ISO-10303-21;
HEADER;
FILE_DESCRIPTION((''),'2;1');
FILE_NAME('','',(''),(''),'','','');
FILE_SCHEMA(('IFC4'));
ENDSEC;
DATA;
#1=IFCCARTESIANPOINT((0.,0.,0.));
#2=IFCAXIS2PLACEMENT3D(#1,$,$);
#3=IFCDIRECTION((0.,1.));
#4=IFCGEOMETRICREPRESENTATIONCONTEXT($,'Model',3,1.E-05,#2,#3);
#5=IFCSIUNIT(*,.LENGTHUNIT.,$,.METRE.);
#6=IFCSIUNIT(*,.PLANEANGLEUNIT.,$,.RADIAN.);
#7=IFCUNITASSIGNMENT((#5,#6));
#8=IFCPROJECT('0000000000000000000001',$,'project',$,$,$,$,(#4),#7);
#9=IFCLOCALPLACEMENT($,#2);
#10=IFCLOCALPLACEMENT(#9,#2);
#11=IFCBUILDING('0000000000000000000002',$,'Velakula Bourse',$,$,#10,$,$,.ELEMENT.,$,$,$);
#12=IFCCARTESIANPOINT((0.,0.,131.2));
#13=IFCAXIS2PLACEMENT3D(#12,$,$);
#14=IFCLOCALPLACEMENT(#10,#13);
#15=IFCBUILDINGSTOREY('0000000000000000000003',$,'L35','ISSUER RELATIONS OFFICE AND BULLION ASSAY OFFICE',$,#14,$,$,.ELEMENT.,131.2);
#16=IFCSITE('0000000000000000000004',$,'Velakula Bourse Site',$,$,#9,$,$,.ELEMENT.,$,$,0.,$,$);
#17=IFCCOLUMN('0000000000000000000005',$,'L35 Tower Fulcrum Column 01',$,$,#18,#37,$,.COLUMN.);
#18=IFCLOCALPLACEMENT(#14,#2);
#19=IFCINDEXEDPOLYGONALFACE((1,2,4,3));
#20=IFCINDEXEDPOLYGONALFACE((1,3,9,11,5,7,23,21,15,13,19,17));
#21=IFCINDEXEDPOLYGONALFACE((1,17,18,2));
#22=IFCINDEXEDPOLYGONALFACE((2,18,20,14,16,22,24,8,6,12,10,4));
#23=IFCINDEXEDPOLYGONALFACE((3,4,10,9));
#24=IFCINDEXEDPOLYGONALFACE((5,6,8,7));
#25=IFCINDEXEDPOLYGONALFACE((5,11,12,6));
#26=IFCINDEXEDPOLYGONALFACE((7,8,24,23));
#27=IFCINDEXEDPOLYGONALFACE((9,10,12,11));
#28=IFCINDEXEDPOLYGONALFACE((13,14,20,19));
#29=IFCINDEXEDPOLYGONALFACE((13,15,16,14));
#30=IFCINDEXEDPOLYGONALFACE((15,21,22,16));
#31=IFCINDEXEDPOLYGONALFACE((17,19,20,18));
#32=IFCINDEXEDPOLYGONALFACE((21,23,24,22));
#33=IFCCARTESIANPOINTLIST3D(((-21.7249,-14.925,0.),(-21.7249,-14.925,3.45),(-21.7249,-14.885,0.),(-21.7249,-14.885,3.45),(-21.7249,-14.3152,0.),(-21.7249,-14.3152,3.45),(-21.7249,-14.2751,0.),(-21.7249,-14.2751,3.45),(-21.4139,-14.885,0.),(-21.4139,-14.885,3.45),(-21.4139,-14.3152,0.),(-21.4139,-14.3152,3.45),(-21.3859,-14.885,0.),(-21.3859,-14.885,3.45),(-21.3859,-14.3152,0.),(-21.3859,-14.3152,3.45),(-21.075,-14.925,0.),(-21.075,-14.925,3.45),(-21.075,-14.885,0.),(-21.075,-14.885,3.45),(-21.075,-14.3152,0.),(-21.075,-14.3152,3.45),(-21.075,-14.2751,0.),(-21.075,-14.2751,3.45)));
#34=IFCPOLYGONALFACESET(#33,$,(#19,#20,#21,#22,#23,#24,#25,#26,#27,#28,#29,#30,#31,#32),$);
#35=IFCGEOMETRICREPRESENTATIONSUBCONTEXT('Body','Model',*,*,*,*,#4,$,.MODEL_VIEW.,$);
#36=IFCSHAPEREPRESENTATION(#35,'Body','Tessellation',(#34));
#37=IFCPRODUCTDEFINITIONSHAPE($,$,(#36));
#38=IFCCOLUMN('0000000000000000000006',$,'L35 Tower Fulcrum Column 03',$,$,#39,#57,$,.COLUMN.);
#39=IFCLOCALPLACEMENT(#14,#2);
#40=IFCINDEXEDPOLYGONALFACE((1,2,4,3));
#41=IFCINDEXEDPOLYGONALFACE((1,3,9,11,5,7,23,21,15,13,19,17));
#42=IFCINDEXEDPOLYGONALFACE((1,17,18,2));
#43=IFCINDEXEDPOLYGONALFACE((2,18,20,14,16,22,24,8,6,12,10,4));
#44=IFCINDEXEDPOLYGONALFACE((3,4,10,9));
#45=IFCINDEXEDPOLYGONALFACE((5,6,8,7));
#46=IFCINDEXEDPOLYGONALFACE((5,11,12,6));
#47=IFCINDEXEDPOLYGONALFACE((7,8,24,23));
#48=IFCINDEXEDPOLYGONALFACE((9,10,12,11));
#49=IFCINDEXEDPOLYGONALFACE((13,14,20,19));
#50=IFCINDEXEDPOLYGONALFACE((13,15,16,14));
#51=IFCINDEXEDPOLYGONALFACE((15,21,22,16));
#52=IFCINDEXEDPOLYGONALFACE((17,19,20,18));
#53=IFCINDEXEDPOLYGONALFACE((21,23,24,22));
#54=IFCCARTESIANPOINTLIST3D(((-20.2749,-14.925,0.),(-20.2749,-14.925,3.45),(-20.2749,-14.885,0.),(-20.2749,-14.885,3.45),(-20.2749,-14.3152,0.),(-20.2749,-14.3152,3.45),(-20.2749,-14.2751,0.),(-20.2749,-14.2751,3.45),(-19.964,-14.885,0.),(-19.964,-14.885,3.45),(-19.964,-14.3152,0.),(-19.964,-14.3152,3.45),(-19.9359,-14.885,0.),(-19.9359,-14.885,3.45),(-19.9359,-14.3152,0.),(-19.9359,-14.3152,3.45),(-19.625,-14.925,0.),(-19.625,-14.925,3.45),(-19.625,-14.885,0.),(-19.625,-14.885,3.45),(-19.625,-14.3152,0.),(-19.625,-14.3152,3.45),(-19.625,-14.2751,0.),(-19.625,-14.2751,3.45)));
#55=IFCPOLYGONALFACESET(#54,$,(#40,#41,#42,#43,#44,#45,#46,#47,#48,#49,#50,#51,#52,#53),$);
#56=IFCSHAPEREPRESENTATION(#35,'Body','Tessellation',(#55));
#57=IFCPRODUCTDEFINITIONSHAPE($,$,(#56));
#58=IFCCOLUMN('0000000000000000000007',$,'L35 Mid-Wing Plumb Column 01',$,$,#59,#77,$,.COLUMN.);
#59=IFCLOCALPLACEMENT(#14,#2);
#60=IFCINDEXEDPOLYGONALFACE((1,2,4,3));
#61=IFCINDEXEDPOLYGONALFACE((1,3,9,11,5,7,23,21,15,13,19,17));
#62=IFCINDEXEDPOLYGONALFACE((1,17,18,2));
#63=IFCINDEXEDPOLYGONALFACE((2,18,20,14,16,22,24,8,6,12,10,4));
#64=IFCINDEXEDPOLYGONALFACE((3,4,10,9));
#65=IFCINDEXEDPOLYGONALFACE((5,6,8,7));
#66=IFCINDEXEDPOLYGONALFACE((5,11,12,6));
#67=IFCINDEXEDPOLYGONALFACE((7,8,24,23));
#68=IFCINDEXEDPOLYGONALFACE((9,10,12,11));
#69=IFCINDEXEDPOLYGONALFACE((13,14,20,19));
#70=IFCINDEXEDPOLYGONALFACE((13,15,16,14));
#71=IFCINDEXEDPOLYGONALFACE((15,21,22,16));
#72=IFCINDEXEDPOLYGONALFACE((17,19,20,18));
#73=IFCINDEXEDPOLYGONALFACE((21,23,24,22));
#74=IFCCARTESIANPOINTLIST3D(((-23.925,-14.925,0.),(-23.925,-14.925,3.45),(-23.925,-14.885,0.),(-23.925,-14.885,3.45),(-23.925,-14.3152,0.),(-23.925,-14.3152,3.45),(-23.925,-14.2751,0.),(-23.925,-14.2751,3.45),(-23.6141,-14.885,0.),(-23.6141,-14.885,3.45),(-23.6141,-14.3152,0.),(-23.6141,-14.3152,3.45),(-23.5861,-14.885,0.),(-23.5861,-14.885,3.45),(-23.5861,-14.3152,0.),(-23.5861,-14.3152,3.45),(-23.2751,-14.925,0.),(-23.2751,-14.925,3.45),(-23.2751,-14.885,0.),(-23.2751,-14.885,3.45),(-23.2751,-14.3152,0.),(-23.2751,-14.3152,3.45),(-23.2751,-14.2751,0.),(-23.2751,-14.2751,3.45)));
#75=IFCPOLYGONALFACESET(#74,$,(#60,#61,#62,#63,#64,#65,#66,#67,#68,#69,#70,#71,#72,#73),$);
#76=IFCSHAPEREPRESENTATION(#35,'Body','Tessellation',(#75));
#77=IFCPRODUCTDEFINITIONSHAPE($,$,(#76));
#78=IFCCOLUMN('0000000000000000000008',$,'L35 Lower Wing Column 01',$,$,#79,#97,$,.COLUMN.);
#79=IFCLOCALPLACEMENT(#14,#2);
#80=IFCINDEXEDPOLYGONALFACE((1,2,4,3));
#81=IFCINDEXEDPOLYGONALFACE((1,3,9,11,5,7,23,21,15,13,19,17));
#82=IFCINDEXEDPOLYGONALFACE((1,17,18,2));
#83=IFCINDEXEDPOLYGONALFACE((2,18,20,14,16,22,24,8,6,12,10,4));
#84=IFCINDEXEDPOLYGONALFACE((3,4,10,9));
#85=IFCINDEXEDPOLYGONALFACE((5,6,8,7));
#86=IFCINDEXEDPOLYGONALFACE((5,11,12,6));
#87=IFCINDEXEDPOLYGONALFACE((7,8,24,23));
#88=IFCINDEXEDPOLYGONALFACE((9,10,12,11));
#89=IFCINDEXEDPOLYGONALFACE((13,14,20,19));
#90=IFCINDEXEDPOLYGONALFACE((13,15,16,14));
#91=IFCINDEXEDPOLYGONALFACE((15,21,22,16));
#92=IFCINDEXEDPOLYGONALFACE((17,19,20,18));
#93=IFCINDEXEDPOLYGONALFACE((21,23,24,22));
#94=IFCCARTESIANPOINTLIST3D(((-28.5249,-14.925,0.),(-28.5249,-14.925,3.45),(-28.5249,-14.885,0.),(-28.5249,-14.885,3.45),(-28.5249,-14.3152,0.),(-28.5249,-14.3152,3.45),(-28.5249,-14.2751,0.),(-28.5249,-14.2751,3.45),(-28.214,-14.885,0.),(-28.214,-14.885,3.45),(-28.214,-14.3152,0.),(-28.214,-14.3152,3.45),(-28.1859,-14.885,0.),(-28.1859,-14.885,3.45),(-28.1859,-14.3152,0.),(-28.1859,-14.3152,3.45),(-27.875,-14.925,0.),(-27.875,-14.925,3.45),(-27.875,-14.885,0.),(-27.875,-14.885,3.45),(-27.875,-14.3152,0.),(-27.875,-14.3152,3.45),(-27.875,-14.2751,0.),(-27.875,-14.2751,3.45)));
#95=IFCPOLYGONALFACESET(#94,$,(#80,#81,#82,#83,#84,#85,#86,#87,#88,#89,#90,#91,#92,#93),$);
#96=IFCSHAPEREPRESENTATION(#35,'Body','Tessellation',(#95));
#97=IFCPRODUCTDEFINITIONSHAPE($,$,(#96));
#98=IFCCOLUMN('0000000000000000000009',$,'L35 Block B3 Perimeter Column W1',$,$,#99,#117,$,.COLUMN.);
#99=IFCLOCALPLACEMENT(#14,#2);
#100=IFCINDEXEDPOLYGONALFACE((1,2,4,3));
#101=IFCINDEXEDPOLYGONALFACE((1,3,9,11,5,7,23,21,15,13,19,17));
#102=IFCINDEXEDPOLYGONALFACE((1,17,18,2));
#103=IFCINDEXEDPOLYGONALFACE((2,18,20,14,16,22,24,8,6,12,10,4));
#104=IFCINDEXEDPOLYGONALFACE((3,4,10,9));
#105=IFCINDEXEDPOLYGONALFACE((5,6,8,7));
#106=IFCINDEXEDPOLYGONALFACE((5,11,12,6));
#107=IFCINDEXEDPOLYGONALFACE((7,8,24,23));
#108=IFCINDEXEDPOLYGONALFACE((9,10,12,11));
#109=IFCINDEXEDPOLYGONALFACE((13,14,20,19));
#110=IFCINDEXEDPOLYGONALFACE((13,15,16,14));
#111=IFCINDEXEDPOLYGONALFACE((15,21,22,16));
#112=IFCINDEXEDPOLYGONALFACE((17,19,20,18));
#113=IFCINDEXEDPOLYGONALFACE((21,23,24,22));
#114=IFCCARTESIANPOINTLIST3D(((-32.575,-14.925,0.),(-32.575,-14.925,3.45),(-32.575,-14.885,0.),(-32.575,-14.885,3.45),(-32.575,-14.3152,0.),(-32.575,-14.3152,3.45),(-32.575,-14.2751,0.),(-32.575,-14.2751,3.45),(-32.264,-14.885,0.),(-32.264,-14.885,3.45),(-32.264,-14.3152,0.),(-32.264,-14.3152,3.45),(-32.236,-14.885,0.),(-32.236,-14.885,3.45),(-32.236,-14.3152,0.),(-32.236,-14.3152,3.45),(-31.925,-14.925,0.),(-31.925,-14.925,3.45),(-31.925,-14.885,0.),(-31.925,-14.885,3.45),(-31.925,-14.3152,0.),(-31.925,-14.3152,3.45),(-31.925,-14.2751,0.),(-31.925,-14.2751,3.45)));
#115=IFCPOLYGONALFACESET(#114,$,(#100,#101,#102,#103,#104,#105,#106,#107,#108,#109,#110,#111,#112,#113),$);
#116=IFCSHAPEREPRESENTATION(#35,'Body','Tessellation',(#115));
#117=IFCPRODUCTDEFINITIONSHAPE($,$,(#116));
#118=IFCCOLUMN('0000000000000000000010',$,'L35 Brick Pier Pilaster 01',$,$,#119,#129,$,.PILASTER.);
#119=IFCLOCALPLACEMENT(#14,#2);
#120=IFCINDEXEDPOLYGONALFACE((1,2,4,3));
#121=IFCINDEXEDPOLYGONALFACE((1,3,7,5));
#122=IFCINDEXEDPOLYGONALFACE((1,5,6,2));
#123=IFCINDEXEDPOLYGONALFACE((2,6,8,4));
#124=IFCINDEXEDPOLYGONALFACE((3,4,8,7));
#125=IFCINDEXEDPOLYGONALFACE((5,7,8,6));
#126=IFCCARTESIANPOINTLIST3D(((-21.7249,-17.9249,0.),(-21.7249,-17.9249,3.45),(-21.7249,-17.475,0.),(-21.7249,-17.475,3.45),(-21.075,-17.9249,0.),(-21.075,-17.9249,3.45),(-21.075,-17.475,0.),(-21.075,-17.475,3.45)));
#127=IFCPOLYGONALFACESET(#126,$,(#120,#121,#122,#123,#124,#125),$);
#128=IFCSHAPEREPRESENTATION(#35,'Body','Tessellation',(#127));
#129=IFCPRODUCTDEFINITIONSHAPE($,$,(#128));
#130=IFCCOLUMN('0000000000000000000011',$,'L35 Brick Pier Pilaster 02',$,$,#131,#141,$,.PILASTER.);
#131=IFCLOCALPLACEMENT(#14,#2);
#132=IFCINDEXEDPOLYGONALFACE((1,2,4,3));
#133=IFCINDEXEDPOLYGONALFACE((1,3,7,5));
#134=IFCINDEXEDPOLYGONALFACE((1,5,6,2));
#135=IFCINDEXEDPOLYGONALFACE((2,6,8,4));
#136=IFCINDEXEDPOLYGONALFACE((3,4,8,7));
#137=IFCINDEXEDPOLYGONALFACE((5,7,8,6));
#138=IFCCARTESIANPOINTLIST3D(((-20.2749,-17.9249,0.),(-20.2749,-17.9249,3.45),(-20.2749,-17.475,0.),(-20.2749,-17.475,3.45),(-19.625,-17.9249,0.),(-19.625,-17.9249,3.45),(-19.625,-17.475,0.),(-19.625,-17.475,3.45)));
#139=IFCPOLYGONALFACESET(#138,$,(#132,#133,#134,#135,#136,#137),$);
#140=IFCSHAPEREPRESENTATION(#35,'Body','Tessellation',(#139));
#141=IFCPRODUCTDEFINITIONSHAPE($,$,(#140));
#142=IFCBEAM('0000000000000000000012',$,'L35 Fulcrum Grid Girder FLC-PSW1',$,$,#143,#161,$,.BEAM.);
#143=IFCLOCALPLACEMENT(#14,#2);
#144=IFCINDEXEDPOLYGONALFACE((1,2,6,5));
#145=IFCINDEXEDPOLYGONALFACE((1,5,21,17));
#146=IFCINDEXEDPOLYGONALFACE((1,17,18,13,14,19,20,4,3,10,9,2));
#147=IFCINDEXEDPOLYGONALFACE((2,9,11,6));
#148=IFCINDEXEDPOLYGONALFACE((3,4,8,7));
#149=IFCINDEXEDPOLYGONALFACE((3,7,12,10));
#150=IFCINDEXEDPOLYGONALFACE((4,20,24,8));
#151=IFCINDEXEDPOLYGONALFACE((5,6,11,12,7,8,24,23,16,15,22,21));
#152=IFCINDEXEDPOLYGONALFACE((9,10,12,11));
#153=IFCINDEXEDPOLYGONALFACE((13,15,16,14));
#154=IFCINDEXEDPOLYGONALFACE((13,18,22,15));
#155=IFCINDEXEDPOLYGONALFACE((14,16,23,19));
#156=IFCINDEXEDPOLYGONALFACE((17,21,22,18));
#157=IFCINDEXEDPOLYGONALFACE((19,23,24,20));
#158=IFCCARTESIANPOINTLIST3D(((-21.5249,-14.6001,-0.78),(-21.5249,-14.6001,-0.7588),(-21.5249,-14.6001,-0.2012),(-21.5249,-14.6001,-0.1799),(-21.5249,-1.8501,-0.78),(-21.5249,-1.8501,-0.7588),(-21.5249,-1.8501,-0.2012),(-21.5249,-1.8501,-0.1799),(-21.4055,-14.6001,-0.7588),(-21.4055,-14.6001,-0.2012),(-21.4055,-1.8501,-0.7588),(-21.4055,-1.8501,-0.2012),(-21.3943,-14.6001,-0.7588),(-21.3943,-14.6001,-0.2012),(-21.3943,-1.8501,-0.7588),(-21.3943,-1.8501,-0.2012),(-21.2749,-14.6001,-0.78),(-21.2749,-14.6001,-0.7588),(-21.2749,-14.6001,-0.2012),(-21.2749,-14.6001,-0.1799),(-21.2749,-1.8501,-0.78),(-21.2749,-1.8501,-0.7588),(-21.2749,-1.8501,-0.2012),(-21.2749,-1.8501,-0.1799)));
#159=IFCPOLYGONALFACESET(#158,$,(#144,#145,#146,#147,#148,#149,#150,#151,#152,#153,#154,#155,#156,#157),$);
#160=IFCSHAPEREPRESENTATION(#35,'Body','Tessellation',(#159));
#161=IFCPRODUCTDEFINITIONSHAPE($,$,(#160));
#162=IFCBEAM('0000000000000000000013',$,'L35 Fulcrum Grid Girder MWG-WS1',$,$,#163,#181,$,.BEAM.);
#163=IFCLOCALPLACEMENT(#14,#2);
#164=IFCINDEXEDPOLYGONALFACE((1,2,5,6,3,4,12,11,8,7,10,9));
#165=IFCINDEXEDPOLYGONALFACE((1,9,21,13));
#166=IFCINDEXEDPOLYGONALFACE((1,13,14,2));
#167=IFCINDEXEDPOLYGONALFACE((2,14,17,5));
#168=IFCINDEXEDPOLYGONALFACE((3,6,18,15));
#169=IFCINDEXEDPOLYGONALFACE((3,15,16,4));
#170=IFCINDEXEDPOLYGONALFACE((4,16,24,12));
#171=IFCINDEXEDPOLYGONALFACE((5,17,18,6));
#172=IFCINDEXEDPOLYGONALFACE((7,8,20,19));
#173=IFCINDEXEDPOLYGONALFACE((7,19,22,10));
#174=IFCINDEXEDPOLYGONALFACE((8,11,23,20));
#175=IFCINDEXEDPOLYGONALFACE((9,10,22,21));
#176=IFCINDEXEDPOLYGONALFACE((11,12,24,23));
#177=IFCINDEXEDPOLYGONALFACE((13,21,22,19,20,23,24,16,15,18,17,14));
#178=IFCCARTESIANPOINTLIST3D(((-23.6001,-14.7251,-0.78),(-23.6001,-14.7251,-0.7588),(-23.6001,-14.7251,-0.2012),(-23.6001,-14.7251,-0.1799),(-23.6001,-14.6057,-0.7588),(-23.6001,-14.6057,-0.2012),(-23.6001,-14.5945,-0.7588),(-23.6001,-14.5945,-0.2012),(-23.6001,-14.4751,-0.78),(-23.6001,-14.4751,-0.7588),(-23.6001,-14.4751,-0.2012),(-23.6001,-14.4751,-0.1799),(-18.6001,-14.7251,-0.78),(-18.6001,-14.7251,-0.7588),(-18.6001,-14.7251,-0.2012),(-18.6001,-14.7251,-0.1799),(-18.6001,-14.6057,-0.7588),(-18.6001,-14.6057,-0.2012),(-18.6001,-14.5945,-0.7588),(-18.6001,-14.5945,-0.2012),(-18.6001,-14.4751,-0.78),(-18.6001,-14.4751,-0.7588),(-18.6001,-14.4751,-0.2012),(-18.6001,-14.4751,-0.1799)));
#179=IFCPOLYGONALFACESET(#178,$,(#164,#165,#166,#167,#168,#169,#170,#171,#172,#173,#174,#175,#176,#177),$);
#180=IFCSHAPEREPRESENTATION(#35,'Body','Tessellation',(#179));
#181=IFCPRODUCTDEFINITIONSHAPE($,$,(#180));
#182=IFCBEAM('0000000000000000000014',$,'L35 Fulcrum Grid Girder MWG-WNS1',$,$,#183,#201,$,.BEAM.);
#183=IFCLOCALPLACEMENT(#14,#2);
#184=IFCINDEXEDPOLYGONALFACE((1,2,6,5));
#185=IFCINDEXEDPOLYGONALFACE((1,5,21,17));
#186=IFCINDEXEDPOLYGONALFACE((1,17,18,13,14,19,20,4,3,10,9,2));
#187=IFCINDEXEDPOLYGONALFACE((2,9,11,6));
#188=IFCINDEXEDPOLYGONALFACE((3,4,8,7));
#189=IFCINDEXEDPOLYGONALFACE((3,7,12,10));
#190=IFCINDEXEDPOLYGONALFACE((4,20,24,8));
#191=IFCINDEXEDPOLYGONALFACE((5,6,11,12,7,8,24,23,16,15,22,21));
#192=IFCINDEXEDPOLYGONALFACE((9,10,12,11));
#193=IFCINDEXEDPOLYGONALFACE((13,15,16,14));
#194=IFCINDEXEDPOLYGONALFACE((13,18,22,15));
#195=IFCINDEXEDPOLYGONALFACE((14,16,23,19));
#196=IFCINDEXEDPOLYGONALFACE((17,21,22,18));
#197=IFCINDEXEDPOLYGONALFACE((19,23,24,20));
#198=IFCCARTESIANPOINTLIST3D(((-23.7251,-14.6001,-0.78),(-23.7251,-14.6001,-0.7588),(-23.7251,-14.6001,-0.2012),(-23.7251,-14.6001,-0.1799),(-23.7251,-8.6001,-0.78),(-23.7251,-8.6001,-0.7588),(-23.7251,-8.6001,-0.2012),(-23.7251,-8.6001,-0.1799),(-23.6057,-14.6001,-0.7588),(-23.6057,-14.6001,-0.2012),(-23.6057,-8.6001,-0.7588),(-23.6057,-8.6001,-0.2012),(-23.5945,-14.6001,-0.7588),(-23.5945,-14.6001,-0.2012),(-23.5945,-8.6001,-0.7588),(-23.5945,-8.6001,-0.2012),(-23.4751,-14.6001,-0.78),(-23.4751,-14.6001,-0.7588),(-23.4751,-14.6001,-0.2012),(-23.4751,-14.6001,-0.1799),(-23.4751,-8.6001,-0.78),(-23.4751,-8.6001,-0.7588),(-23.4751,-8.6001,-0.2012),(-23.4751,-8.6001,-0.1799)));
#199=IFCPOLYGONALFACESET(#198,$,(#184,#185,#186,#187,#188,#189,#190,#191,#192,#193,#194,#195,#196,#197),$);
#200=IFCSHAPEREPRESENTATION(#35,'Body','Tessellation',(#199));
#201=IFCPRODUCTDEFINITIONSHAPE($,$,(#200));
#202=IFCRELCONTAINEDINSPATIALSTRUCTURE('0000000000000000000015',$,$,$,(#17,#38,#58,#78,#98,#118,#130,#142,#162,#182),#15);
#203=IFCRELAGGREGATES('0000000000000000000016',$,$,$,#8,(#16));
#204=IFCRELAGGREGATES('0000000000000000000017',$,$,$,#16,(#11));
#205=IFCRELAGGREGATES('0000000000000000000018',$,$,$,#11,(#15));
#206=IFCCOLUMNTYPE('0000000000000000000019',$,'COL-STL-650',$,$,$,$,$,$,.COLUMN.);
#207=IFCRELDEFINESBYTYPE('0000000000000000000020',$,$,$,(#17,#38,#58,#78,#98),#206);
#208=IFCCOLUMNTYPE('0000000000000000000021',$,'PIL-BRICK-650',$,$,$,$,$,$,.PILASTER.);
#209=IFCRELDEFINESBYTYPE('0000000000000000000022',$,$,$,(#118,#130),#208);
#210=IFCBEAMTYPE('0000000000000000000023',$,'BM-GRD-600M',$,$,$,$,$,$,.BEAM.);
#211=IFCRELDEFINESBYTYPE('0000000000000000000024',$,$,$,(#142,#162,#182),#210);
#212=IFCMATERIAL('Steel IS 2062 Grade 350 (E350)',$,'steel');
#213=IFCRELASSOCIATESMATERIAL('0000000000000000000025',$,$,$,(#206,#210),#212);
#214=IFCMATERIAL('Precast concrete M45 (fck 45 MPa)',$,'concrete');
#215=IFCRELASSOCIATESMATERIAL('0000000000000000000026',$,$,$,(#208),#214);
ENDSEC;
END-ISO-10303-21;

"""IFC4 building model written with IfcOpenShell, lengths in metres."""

from ifc_helpers import new_model, si_unit, direction, frame, origin, origin_2d, place, context, subcontext, project, spatial, rectangle, i_section, extrude, material, material_profile, profile_set, type_object, element, save


model = new_model("IFC4")

# Units and contexts
model_context = context("Model", 3, precision=1e-05, world=origin(), true_north=direction((0.0, 1.0)))
body_context = subcontext(model_context, "Body", "Model", "MODEL_VIEW")
ifc_project = project(units=[si_unit("LENGTHUNIT", "METRE"), si_unit("PLANEANGLEUNIT", "RADIAN")], contexts=[model_context])

# Site, building, storey
site_placement = place(None, origin())
site = spatial("IfcSite", under=ifc_project, at=site_placement, Name="Velakula Bourse Site", CompositionType="ELEMENT", RefElevation=0.0)
building_placement = place(site_placement, origin())
building = spatial("IfcBuilding", under=site, at=building_placement, Name="Velakula Bourse", CompositionType="ELEMENT")
storey_placement = place(building_placement, frame((0.0, 0.0, 131.2)))
storey = spatial("IfcBuildingStorey", under=building, at=storey_placement, Name="L35", Description="ISSUER RELATIONS OFFICE AND BULLION ASSAY OFFICE", CompositionType="ELEMENT", Elevation=131.2)

# Columns
ifc_material_1 = material(Name="Steel IS 2062 Grade 350 (E350)", Category="steel")
ifc_material_profile_1 = material_profile(ifc_material_1, i_section(OverallWidth=0.6499, OverallDepth=0.6499, WebThickness=0.0281, FlangeThickness=0.04, at=origin_2d()), Name="Steel IS 2062 Grade 350 (E350)")
ifc_profile_set_1 = profile_set([ifc_material_profile_1], Name="Steel IS 2062 Grade 350 (E350)")
column_type_1 = type_object("IfcColumnType", Name="COL-STL-650", PredefinedType="COLUMN", material=ifc_profile_set_1)
for number, where, z_axis, x_axis, name in (
    (1, (-21.3999, -14.6001, 0.0), (0.0, 0.0, 1.0), (1.0, 0.0, 0.0), "L35 Tower Fulcrum Column 01"),
    (2, (-19.95, -14.6001, 0.0), (0.0, 0.0, 1.0), (1.0, 0.0, 0.0), "L35 Tower Fulcrum Column 03"),
    (3, (-23.6001, -14.6001, 0.0), (0.0, 0.0, 1.0), (1.0, 0.0, 0.0), "L35 Mid-Wing Plumb Column 01"),
    (4, (-28.2, -14.6001, 0.0), (0.0, 0.0, 1.0), (1.0, 0.0, 0.0), "L35 Lower Wing Column 01"),
    (5, (-32.25, -14.6001, 0.0), (0.0, 0.0, 1.0), (1.0, 0.0, 0.0), "L35 Block B3 Perimeter Column W1"),
):
    element("IfcColumn", number, at=place(storey_placement, frame(where, z_axis=z_axis, x_axis=x_axis)), inside=storey, type_object=column_type_1, Name=name, PredefinedType="COLUMN", context=body_context, shape_type="SweptSolid", body=[
        extrude(i_section(OverallWidth=0.6499, OverallDepth=0.6499, WebThickness=0.0281, FlangeThickness=0.04, at=origin_2d()), origin(), (0.0, 0.0, 1.0), 3.45),
    ])
ifc_material_2 = material(Name="Precast concrete M45 (fck 45 MPa)", Category="concrete")
ifc_material_profile_2 = material_profile(ifc_material_2, rectangle(XDim=0.6499, YDim=0.45, at=origin_2d()), Name="Precast concrete M45 (fck 45 MPa)")
ifc_profile_set_2 = profile_set([ifc_material_profile_2], Name="Precast concrete M45 (fck 45 MPa)")
column_type_2 = type_object("IfcColumnType", Name="PIL-BRICK-650", PredefinedType="PILASTER", material=ifc_profile_set_2)
for number, where, z_axis, x_axis, name in (
    (6, (-21.3999, -17.7, 0.0), (0.0, 0.0, 1.0), (1.0, 0.0, 0.0), "L35 Brick Pier Pilaster 01"),
    (7, (-19.95, -17.7, 0.0), (0.0, 0.0, 1.0), (1.0, 0.0, 0.0), "L35 Brick Pier Pilaster 02"),
):
    element("IfcColumn", number, at=place(storey_placement, frame(where, z_axis=z_axis, x_axis=x_axis)), inside=storey, type_object=column_type_2, Name=name, PredefinedType="PILASTER", context=body_context, shape_type="SweptSolid", body=[
        extrude(rectangle(XDim=0.6499, YDim=0.45, at=origin_2d()), origin(), (0.0, 0.0, 1.0), 3.45),
    ])

# Beams
ifc_material_profile_3 = material_profile(ifc_material_1, i_section(OverallWidth=0.25, OverallDepth=0.6001, WebThickness=0.0112, FlangeThickness=0.0212, at=origin_2d()), Name="Steel IS 2062 Grade 350 (E350)")
ifc_profile_set_3 = profile_set([ifc_material_profile_3], Name="Steel IS 2062 Grade 350 (E350)")
beam_type_1 = type_object("IfcBeamType", Name="BM-GRD-600M", PredefinedType="BEAM", material=ifc_profile_set_3)
beam_1_placement = place(storey_placement, frame((-21.3999, -14.6001, -0.48), z_axis=(0.0, 1.0, 0.0), x_axis=(-1.0, 0.0, 0.0)))
element("IfcBeam", 8, at=beam_1_placement, inside=storey, type_object=beam_type_1, Name="L35 Fulcrum Grid Girder FLC-PSW1", PredefinedType="BEAM", context=body_context, shape_type="SweptSolid", body=[
    extrude(i_section(OverallWidth=0.25, OverallDepth=0.6001, WebThickness=0.0112, FlangeThickness=0.0212, at=origin_2d()), origin(), (0.0, 0.0, 1.0), 12.75),
])
beam_2_placement = place(storey_placement, frame((-23.6001, -14.6001, -0.48), z_axis=(1.0, 0.0, 0.0), x_axis=(0.0, 1.0, 0.0)))
element("IfcBeam", 9, at=beam_2_placement, inside=storey, type_object=beam_type_1, Name="L35 Fulcrum Grid Girder MWG-WS1", PredefinedType="BEAM", context=body_context, shape_type="SweptSolid", body=[
    extrude(i_section(OverallWidth=0.25, OverallDepth=0.6001, WebThickness=0.0112, FlangeThickness=0.0212, at=origin_2d()), origin(), (0.0, 0.0, 1.0), 5.0),
])
beam_3_placement = place(storey_placement, frame((-23.6001, -14.6001, -0.48), z_axis=(0.0, 1.0, 0.0), x_axis=(-1.0, 0.0, 0.0)))
element("IfcBeam", 10, at=beam_3_placement, inside=storey, type_object=beam_type_1, Name="L35 Fulcrum Grid Girder MWG-WNS1", PredefinedType="BEAM", context=body_context, shape_type="SweptSolid", body=[
    extrude(i_section(OverallWidth=0.25, OverallDepth=0.6001, WebThickness=0.0112, FlangeThickness=0.0212, at=origin_2d()), origin(), (0.0, 0.0, 1.0), 6.0),
])

save(model, "model.ifc")
